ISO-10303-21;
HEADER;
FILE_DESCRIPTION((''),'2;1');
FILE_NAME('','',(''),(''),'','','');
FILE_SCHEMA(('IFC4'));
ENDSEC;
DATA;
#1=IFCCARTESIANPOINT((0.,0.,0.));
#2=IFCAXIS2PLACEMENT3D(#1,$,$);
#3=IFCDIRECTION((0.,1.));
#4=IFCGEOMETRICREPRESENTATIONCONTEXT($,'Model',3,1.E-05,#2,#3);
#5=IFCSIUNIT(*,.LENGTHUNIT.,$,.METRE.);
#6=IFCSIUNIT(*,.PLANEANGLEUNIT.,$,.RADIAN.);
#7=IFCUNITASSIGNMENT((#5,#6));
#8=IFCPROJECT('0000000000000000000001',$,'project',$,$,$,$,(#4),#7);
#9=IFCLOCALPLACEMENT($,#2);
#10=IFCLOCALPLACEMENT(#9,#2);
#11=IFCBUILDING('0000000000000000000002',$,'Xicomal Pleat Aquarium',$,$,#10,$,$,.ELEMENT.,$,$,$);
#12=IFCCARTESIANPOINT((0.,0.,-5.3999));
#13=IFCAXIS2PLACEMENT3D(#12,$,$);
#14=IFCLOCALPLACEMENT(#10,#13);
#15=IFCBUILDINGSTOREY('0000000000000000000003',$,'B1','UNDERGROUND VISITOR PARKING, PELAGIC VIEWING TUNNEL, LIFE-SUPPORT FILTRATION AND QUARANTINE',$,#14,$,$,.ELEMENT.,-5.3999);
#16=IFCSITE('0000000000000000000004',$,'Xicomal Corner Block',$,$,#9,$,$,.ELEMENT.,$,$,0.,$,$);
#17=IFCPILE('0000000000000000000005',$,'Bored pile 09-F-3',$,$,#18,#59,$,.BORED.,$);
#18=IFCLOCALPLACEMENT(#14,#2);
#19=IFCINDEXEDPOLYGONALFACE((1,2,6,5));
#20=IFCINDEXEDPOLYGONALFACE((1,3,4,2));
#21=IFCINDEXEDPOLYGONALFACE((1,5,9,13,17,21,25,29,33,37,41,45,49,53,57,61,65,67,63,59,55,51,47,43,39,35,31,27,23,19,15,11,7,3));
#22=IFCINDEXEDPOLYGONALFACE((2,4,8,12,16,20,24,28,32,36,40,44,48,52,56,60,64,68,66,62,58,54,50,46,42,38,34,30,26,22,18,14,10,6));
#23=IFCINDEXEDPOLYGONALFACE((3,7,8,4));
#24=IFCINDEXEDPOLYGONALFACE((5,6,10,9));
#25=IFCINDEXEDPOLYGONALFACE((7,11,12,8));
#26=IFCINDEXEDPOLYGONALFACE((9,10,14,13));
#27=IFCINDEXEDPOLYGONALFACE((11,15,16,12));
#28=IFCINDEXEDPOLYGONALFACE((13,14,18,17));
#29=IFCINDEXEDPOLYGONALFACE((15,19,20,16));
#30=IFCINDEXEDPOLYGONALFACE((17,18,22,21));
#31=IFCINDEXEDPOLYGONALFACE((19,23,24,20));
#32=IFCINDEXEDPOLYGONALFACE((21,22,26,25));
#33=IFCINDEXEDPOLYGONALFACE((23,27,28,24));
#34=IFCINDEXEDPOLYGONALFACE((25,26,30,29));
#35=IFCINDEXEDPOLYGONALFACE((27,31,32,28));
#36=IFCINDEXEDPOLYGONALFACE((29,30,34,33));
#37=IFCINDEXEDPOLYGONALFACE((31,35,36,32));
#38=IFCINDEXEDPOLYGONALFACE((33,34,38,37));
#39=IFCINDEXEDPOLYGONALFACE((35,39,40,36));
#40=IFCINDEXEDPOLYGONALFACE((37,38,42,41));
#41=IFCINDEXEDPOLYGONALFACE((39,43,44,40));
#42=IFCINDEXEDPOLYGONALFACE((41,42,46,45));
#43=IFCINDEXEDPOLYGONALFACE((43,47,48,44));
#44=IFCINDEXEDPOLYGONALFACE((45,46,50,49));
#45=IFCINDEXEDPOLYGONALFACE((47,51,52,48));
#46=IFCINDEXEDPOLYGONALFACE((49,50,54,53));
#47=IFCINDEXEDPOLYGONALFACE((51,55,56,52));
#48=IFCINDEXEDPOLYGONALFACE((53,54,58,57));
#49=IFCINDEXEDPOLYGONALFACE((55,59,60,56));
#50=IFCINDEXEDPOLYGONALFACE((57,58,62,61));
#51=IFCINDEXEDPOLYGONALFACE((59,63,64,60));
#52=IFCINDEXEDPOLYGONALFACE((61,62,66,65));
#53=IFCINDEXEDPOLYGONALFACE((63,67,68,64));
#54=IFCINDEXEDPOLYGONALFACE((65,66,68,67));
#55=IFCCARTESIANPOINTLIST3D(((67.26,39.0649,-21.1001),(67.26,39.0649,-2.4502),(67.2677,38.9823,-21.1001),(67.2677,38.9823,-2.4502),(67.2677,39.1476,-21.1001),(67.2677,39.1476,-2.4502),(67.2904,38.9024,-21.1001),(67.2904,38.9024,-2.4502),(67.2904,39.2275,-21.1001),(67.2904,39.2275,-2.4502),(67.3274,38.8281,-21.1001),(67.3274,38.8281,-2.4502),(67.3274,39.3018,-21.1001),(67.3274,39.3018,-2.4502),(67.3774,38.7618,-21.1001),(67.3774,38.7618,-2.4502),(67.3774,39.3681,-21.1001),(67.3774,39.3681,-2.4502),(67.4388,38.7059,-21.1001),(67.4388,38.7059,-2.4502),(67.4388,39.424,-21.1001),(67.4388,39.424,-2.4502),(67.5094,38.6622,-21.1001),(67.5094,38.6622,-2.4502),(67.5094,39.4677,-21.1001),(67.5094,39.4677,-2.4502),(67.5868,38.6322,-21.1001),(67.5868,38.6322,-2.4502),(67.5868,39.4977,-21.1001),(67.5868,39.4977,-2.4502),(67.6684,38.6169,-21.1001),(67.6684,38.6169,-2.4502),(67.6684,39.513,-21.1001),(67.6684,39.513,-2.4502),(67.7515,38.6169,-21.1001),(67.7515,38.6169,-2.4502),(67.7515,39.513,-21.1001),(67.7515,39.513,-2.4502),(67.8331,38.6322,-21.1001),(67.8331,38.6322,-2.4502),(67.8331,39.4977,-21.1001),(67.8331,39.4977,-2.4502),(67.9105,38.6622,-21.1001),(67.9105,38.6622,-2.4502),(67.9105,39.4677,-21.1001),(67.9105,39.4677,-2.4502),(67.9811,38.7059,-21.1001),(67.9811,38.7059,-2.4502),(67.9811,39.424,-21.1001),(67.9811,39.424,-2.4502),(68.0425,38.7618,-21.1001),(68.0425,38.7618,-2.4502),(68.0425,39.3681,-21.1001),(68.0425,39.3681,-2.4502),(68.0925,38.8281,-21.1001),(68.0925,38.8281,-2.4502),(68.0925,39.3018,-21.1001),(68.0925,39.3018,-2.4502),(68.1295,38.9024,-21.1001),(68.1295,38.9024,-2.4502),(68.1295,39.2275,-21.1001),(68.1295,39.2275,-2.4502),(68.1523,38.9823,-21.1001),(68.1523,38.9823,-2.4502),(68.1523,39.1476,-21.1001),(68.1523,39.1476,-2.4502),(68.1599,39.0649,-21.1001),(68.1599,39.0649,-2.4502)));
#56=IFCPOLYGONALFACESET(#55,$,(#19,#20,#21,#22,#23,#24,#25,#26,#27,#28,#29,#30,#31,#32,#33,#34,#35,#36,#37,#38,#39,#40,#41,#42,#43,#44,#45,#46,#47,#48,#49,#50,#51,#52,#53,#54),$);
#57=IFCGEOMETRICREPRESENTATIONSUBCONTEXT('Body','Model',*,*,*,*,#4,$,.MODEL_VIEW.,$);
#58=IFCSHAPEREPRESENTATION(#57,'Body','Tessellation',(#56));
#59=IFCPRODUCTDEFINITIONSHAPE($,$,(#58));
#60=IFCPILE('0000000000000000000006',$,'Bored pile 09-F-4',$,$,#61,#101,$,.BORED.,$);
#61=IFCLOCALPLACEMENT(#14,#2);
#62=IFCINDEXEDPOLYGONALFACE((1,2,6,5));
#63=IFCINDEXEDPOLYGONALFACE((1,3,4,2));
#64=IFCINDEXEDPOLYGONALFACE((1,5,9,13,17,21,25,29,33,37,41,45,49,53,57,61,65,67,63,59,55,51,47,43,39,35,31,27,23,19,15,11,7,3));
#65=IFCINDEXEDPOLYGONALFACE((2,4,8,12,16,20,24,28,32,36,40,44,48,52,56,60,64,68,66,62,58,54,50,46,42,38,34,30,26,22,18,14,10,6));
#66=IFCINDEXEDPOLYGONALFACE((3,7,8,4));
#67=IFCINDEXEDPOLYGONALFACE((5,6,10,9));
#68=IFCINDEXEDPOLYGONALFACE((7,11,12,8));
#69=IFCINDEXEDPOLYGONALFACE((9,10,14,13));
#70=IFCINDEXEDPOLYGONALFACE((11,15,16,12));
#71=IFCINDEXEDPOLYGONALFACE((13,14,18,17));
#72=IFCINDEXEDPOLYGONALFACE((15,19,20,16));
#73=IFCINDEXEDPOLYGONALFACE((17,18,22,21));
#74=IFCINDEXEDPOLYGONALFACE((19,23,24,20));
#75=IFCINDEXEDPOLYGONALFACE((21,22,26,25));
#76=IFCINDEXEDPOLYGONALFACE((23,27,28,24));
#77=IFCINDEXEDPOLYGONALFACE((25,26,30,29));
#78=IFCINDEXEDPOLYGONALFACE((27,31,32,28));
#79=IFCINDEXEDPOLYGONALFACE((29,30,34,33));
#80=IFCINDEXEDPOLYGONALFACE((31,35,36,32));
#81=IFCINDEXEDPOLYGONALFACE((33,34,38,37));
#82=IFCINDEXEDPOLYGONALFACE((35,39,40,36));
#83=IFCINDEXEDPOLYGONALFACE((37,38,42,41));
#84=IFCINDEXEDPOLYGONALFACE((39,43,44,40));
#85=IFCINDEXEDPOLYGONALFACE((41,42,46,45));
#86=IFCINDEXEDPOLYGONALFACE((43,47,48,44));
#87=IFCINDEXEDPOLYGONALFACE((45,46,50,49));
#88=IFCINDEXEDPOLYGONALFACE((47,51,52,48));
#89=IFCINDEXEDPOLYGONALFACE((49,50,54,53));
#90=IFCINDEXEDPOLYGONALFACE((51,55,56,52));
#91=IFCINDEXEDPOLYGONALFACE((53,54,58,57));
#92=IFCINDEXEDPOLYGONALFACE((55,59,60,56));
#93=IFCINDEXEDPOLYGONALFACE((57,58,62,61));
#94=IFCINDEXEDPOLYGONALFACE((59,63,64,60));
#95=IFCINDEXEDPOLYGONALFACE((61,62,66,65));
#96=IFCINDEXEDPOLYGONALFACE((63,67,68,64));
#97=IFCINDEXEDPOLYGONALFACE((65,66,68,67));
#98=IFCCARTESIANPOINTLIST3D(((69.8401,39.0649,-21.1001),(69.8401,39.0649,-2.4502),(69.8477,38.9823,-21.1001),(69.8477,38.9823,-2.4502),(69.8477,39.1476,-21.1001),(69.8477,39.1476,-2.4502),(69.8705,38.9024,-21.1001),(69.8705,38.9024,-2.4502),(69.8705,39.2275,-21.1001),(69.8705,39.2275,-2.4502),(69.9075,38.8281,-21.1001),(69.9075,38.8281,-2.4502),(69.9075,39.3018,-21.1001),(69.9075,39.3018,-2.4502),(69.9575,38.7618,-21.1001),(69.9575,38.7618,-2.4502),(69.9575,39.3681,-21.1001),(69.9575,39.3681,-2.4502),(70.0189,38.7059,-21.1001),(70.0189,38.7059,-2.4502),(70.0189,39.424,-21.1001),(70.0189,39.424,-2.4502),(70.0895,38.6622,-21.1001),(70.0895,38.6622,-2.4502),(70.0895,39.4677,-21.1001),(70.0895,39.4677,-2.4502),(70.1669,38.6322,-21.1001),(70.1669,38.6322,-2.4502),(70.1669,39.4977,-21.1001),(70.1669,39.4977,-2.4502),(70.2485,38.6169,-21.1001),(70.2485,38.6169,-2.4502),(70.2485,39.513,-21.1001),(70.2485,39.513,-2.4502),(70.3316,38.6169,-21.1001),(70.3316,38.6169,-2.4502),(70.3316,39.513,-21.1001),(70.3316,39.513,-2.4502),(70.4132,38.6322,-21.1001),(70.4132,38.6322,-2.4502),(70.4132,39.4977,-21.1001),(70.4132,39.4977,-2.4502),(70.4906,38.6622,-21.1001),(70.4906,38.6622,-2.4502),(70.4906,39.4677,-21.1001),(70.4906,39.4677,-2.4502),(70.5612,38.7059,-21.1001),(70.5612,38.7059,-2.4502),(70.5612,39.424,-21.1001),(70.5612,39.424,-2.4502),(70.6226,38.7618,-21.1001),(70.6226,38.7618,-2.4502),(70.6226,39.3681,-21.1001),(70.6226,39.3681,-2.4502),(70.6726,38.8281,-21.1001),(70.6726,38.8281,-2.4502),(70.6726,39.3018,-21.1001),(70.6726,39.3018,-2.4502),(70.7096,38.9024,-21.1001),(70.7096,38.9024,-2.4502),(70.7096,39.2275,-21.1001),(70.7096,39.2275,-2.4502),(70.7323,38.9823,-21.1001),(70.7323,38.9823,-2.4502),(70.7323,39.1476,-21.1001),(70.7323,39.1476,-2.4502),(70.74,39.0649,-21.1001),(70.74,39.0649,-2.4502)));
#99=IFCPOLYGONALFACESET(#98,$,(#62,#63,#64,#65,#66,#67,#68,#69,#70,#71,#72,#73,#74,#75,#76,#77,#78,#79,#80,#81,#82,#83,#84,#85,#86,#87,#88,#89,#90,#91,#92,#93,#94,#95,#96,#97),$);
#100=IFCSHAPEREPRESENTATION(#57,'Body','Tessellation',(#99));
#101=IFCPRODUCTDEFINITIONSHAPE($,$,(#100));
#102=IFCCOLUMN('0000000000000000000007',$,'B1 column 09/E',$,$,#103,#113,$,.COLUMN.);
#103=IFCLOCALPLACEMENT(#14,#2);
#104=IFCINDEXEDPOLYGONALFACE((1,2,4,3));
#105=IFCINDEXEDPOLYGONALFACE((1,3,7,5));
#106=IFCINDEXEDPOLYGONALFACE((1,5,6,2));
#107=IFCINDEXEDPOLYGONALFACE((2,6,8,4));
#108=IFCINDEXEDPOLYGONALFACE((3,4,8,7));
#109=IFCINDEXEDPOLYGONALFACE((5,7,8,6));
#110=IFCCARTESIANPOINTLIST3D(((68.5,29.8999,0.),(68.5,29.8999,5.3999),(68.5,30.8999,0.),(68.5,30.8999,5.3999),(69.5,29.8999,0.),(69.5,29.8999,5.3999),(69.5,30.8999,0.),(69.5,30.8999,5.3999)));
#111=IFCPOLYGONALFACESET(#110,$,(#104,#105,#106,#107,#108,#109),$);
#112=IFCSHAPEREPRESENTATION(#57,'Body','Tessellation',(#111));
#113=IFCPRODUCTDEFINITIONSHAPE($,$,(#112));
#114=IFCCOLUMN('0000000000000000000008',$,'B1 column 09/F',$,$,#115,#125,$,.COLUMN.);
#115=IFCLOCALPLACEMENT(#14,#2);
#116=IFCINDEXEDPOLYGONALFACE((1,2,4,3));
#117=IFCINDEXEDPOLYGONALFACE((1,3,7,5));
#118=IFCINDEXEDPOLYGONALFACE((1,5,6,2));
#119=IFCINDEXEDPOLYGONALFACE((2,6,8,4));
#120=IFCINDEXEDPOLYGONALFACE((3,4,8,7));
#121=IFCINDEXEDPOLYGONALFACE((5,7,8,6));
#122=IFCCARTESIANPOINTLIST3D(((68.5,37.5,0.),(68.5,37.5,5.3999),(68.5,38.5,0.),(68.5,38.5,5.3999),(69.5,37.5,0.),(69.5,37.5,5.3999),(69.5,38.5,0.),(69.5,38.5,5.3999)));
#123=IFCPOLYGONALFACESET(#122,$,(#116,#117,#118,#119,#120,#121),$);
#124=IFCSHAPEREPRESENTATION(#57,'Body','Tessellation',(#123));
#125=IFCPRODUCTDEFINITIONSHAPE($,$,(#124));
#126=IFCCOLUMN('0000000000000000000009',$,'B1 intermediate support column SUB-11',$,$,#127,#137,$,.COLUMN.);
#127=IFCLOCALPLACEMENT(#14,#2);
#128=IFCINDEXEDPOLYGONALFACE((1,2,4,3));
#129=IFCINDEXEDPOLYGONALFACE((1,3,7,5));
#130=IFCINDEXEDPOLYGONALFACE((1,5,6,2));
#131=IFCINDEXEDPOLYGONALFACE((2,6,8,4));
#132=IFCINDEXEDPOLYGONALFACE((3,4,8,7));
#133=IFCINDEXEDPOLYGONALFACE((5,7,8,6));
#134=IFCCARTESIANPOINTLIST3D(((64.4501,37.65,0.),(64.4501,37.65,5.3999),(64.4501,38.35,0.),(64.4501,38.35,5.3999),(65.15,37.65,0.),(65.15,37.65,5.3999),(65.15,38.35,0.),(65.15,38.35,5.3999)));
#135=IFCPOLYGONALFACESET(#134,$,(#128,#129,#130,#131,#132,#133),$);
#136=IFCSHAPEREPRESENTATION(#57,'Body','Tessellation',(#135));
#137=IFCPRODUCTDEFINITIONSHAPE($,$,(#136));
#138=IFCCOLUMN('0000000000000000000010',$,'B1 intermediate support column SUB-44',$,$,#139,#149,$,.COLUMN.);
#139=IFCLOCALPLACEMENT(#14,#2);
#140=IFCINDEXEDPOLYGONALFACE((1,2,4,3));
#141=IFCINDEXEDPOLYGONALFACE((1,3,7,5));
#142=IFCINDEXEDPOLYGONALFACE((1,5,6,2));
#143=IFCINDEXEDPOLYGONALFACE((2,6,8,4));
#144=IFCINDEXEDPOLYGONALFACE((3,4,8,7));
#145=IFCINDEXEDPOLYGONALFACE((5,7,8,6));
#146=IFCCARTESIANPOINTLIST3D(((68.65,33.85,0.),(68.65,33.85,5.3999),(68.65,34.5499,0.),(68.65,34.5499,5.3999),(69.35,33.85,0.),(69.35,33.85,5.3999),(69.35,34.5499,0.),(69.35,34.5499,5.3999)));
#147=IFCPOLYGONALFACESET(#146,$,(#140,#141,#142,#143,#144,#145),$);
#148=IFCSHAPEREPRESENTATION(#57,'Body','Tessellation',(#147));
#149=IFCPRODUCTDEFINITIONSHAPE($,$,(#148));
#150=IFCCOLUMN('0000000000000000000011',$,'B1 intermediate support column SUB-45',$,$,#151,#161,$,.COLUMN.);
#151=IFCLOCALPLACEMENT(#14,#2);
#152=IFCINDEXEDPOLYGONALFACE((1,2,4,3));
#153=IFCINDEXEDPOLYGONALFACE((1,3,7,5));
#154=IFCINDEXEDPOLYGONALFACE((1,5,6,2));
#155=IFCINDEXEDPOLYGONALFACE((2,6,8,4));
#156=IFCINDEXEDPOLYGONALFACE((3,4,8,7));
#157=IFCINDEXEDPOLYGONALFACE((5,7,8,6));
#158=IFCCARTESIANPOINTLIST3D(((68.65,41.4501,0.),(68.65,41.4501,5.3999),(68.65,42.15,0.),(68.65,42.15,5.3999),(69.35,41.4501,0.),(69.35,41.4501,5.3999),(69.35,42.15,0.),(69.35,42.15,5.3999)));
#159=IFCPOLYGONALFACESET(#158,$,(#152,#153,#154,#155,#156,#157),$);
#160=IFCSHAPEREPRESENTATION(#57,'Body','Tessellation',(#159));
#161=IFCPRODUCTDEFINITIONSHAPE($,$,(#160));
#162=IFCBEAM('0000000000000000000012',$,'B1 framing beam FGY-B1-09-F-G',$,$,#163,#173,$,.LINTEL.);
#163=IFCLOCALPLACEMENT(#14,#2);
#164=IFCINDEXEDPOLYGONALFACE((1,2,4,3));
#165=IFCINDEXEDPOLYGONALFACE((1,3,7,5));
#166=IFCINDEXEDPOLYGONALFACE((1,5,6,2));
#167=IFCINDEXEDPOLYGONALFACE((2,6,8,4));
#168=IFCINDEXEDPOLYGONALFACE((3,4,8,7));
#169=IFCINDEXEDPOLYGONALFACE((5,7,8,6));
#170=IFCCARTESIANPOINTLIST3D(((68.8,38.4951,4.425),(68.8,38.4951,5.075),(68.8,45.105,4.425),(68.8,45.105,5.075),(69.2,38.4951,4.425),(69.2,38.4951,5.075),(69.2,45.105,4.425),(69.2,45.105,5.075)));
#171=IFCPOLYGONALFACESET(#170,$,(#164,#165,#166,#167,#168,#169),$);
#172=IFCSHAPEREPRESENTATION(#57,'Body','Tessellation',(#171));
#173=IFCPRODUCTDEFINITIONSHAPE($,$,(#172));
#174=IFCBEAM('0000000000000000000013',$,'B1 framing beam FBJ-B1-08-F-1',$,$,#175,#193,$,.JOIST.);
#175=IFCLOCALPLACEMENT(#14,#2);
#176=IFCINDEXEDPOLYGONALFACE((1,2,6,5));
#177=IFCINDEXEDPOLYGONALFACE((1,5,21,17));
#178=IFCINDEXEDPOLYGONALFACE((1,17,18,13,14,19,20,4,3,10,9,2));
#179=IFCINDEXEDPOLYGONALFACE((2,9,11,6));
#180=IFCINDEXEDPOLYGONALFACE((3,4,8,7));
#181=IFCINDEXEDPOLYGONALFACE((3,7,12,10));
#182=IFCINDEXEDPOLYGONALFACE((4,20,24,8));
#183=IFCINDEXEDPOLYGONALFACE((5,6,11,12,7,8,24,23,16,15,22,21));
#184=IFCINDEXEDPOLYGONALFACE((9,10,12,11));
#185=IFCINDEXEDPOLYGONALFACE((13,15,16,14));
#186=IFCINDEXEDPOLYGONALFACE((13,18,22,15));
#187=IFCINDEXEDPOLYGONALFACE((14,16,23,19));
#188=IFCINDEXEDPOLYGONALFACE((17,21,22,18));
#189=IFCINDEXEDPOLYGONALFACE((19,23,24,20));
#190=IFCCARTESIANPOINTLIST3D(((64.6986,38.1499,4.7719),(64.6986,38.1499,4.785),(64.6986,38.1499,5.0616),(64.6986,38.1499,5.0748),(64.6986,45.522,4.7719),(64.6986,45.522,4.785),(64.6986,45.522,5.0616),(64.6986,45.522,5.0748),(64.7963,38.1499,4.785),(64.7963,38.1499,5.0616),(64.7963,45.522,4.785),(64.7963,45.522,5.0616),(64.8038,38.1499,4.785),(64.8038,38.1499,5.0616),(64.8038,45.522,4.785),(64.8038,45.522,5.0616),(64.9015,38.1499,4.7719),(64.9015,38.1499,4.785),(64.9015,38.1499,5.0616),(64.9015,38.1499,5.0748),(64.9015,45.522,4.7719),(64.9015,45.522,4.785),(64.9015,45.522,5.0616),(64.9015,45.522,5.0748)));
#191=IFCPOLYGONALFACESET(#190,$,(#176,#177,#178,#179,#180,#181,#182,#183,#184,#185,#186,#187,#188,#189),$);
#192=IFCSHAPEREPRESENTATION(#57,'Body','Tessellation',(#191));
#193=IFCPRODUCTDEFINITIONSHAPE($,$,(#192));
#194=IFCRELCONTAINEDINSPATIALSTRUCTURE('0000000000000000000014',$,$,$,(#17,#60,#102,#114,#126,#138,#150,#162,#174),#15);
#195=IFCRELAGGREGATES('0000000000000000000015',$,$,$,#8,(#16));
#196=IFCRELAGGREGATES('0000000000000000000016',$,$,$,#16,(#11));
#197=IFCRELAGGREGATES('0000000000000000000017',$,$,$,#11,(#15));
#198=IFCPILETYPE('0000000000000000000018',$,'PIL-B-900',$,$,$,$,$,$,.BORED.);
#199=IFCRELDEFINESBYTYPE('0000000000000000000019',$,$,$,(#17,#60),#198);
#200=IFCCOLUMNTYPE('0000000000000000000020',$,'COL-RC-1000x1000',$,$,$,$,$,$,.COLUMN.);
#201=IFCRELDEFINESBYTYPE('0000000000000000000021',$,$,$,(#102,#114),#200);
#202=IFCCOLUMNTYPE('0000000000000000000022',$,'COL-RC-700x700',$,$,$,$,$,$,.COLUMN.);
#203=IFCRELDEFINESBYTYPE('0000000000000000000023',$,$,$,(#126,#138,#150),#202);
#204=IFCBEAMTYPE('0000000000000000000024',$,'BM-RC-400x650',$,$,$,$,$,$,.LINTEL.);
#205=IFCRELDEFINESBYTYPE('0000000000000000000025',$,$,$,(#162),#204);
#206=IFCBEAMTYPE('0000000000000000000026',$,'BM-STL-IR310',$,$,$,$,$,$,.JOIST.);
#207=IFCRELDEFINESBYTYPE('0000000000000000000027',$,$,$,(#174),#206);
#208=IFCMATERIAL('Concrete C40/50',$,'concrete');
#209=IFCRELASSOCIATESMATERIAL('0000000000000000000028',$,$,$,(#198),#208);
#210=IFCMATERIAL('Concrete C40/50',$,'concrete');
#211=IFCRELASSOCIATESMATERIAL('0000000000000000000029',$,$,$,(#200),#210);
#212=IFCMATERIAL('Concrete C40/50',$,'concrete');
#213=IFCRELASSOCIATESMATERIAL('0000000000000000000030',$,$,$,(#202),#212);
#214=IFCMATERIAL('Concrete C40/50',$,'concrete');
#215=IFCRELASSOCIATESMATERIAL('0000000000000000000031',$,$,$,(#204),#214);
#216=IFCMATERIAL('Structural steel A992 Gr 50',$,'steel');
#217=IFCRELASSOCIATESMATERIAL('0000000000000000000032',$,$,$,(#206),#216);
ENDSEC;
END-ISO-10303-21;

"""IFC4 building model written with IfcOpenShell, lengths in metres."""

from ifc_helpers import new_model, si_unit, direction, frame, origin, origin_2d, place, context, subcontext, project, spatial, rectangle, circle, i_section, extrude, material, material_profile, profile_set, type_object, element, save


model = new_model("IFC4")

# Units and contexts
model_context = context("Model", 3, precision=1e-05, world=origin(), true_north=direction((0.0, 1.0)))
body_context = subcontext(model_context, "Body", "Model", "MODEL_VIEW")
ifc_project = project(units=[si_unit("LENGTHUNIT", "METRE"), si_unit("PLANEANGLEUNIT", "RADIAN")], contexts=[model_context])

# Site, building, storey
site_placement = place(None, origin())
site = spatial("IfcSite", under=ifc_project, at=site_placement, Name="Xicomal Corner Block", CompositionType="ELEMENT", RefElevation=0.0)
building_placement = place(site_placement, origin())
building = spatial("IfcBuilding", under=site, at=building_placement, Name="Xicomal Pleat Aquarium", CompositionType="ELEMENT")
storey_placement = place(building_placement, frame((0.0, 0.0, -5.3999)))
storey = spatial("IfcBuildingStorey", under=building, at=storey_placement, Name="B1", Description="UNDERGROUND VISITOR PARKING, PELAGIC VIEWING TUNNEL, LIFE-SUPPORT FILTRATION AND QUARANTINE", CompositionType="ELEMENT", Elevation=-5.3999)

# Piles
ifc_material_1 = material(Name="Concrete C40/50", Category="concrete")
ifc_material_profile_1 = material_profile(ifc_material_1, circle(Radius=0.45, at=origin_2d()), Name="BORED PILE D900")
ifc_profile_set_1 = profile_set([ifc_material_profile_1], Name="Concrete C40/50")
pile_type_1 = type_object("IfcPileType", Name="PIL-B-900", PredefinedType="BORED", material=ifc_profile_set_1)
for number, where, z_axis, x_axis, name in (
    (1, (67.71, 39.0649, -2.4502), (0.0, 0.0, -1.0), (1.0, 0.0, 0.0), "Bored pile 09-F-3"),
    (2, (70.29, 39.0649, -2.4502), (0.0, 0.0, -1.0), (1.0, 0.0, 0.0), "Bored pile 09-F-4"),
):
    element("IfcPile", number, at=place(storey_placement, frame(where, z_axis=z_axis, x_axis=x_axis)), inside=storey, type_object=pile_type_1, Name=name, PredefinedType="BORED", context=body_context, shape_type="SweptSolid", body=[
        extrude(circle(Radius=0.45, at=origin_2d()), origin(), (0.0, 0.0, 1.0), 18.6499),
    ])

# Columns
ifc_material_2 = material(Name="Concrete C40/50", Category="concrete")
ifc_material_profile_2 = material_profile(ifc_material_2, rectangle(XDim=1.0, YDim=1.0, at=origin_2d()), Name="RC 1000x1000")
ifc_profile_set_2 = profile_set([ifc_material_profile_2], Name="Concrete C40/50")
column_type_1 = type_object("IfcColumnType", Name="COL-RC-1000x1000", PredefinedType="COLUMN", material=ifc_profile_set_2)
for number, where, z_axis, x_axis, name in (
    (3, (69.0, 30.3999, 0.0), (0.0, 0.0, 1.0), (1.0, 0.0, 0.0), "B1 column 09/E"),
    (4, (69.0, 38.0, 0.0), (0.0, 0.0, 1.0), (1.0, 0.0, 0.0), "B1 column 09/F"),
):
    element("IfcColumn", number, at=place(storey_placement, frame(where, z_axis=z_axis, x_axis=x_axis)), inside=storey, type_object=column_type_1, Name=name, PredefinedType="COLUMN", context=body_context, shape_type="SweptSolid", body=[
        extrude(rectangle(XDim=1.0, YDim=1.0, at=origin_2d()), origin(), (0.0, 0.0, 1.0), 5.3999),
    ])
ifc_material_3 = material(Name="Concrete C40/50", Category="concrete")
ifc_material_profile_3 = material_profile(ifc_material_3, rectangle(XDim=0.7, YDim=0.7, at=origin_2d()), Name="RC 700x700")
ifc_profile_set_3 = profile_set([ifc_material_profile_3], Name="Concrete C40/50")
column_type_2 = type_object("IfcColumnType", Name="COL-RC-700x700", PredefinedType="COLUMN", material=ifc_profile_set_3)
for number, where, z_axis, x_axis, name in (
    (5, (64.8, 38.0, 0.0), (0.0, 0.0, 1.0), (1.0, 0.0, 0.0), "B1 intermediate support column SUB-11"),
    (6, (69.0, 34.2, 0.0), (0.0, 0.0, 1.0), (1.0, 0.0, 0.0), "B1 intermediate support column SUB-44"),
    (7, (69.0, 41.8, 0.0), (0.0, 0.0, 1.0), (1.0, 0.0, 0.0), "B1 intermediate support column SUB-45"),
):
    element("IfcColumn", number, at=place(storey_placement, frame(where, z_axis=z_axis, x_axis=x_axis)), inside=storey, type_object=column_type_2, Name=name, PredefinedType="COLUMN", context=body_context, shape_type="SweptSolid", body=[
        extrude(rectangle(XDim=0.7, YDim=0.7, at=origin_2d()), origin(), (0.0, 0.0, 1.0), 5.3999),
    ])

# Beams
ifc_material_4 = material(Name="Concrete C40/50", Category="concrete")
ifc_material_profile_4 = material_profile(ifc_material_4, rectangle(XDim=0.3999, YDim=0.6499, at=origin_2d()), Name="RC 400x650")
ifc_profile_set_4 = profile_set([ifc_material_profile_4], Name="Concrete C40/50")
beam_type_1 = type_object("IfcBeamType", Name="BM-RC-400x650", PredefinedType="LINTEL", material=ifc_profile_set_4)
beam_1_placement = place(storey_placement, frame((69.0, 38.4951, 4.75), z_axis=(0.0, 1.0, 0.0), x_axis=(-1.0, 0.0, 0.0)))
element("IfcBeam", 8, at=beam_1_placement, inside=storey, type_object=beam_type_1, Name="B1 framing beam FGY-B1-09-F-G", PredefinedType="LINTEL", context=body_context, shape_type="SweptSolid", body=[
    extrude(rectangle(XDim=0.3999, YDim=0.6499, at=origin_2d()), origin(), (0.0, 0.0, 1.0), 6.6099),
])
ifc_material_5 = material(Name="Structural steel A992 Gr 50", Category="steel")
ifc_material_profile_5 = material_profile(ifc_material_5, i_section(OverallWidth=0.2029, OverallDepth=0.303, WebThickness=0.0076, FlangeThickness=0.0132, at=origin_2d()), Name="IR 310x60")
ifc_profile_set_5 = profile_set([ifc_material_profile_5], Name="Structural steel A992 Gr 50")
beam_type_2 = type_object("IfcBeamType", Name="BM-STL-IR310", PredefinedType="JOIST", material=ifc_profile_set_5)
beam_2_placement = place(storey_placement, frame((64.8, 38.1499, 4.9233), z_axis=(0.0, 1.0, 0.0), x_axis=(-1.0, 0.0, 0.0)))
element("IfcBeam", 9, at=beam_2_placement, inside=storey, type_object=beam_type_2, Name="B1 framing beam FBJ-B1-08-F-1", PredefinedType="JOIST", context=body_context, shape_type="SweptSolid", body=[
    extrude(i_section(OverallWidth=0.2029, OverallDepth=0.303, WebThickness=0.0076, FlangeThickness=0.0132, at=origin_2d()), origin(), (0.0, 0.0, 1.0), 7.3721),
])

save(model, "model.ifc")
